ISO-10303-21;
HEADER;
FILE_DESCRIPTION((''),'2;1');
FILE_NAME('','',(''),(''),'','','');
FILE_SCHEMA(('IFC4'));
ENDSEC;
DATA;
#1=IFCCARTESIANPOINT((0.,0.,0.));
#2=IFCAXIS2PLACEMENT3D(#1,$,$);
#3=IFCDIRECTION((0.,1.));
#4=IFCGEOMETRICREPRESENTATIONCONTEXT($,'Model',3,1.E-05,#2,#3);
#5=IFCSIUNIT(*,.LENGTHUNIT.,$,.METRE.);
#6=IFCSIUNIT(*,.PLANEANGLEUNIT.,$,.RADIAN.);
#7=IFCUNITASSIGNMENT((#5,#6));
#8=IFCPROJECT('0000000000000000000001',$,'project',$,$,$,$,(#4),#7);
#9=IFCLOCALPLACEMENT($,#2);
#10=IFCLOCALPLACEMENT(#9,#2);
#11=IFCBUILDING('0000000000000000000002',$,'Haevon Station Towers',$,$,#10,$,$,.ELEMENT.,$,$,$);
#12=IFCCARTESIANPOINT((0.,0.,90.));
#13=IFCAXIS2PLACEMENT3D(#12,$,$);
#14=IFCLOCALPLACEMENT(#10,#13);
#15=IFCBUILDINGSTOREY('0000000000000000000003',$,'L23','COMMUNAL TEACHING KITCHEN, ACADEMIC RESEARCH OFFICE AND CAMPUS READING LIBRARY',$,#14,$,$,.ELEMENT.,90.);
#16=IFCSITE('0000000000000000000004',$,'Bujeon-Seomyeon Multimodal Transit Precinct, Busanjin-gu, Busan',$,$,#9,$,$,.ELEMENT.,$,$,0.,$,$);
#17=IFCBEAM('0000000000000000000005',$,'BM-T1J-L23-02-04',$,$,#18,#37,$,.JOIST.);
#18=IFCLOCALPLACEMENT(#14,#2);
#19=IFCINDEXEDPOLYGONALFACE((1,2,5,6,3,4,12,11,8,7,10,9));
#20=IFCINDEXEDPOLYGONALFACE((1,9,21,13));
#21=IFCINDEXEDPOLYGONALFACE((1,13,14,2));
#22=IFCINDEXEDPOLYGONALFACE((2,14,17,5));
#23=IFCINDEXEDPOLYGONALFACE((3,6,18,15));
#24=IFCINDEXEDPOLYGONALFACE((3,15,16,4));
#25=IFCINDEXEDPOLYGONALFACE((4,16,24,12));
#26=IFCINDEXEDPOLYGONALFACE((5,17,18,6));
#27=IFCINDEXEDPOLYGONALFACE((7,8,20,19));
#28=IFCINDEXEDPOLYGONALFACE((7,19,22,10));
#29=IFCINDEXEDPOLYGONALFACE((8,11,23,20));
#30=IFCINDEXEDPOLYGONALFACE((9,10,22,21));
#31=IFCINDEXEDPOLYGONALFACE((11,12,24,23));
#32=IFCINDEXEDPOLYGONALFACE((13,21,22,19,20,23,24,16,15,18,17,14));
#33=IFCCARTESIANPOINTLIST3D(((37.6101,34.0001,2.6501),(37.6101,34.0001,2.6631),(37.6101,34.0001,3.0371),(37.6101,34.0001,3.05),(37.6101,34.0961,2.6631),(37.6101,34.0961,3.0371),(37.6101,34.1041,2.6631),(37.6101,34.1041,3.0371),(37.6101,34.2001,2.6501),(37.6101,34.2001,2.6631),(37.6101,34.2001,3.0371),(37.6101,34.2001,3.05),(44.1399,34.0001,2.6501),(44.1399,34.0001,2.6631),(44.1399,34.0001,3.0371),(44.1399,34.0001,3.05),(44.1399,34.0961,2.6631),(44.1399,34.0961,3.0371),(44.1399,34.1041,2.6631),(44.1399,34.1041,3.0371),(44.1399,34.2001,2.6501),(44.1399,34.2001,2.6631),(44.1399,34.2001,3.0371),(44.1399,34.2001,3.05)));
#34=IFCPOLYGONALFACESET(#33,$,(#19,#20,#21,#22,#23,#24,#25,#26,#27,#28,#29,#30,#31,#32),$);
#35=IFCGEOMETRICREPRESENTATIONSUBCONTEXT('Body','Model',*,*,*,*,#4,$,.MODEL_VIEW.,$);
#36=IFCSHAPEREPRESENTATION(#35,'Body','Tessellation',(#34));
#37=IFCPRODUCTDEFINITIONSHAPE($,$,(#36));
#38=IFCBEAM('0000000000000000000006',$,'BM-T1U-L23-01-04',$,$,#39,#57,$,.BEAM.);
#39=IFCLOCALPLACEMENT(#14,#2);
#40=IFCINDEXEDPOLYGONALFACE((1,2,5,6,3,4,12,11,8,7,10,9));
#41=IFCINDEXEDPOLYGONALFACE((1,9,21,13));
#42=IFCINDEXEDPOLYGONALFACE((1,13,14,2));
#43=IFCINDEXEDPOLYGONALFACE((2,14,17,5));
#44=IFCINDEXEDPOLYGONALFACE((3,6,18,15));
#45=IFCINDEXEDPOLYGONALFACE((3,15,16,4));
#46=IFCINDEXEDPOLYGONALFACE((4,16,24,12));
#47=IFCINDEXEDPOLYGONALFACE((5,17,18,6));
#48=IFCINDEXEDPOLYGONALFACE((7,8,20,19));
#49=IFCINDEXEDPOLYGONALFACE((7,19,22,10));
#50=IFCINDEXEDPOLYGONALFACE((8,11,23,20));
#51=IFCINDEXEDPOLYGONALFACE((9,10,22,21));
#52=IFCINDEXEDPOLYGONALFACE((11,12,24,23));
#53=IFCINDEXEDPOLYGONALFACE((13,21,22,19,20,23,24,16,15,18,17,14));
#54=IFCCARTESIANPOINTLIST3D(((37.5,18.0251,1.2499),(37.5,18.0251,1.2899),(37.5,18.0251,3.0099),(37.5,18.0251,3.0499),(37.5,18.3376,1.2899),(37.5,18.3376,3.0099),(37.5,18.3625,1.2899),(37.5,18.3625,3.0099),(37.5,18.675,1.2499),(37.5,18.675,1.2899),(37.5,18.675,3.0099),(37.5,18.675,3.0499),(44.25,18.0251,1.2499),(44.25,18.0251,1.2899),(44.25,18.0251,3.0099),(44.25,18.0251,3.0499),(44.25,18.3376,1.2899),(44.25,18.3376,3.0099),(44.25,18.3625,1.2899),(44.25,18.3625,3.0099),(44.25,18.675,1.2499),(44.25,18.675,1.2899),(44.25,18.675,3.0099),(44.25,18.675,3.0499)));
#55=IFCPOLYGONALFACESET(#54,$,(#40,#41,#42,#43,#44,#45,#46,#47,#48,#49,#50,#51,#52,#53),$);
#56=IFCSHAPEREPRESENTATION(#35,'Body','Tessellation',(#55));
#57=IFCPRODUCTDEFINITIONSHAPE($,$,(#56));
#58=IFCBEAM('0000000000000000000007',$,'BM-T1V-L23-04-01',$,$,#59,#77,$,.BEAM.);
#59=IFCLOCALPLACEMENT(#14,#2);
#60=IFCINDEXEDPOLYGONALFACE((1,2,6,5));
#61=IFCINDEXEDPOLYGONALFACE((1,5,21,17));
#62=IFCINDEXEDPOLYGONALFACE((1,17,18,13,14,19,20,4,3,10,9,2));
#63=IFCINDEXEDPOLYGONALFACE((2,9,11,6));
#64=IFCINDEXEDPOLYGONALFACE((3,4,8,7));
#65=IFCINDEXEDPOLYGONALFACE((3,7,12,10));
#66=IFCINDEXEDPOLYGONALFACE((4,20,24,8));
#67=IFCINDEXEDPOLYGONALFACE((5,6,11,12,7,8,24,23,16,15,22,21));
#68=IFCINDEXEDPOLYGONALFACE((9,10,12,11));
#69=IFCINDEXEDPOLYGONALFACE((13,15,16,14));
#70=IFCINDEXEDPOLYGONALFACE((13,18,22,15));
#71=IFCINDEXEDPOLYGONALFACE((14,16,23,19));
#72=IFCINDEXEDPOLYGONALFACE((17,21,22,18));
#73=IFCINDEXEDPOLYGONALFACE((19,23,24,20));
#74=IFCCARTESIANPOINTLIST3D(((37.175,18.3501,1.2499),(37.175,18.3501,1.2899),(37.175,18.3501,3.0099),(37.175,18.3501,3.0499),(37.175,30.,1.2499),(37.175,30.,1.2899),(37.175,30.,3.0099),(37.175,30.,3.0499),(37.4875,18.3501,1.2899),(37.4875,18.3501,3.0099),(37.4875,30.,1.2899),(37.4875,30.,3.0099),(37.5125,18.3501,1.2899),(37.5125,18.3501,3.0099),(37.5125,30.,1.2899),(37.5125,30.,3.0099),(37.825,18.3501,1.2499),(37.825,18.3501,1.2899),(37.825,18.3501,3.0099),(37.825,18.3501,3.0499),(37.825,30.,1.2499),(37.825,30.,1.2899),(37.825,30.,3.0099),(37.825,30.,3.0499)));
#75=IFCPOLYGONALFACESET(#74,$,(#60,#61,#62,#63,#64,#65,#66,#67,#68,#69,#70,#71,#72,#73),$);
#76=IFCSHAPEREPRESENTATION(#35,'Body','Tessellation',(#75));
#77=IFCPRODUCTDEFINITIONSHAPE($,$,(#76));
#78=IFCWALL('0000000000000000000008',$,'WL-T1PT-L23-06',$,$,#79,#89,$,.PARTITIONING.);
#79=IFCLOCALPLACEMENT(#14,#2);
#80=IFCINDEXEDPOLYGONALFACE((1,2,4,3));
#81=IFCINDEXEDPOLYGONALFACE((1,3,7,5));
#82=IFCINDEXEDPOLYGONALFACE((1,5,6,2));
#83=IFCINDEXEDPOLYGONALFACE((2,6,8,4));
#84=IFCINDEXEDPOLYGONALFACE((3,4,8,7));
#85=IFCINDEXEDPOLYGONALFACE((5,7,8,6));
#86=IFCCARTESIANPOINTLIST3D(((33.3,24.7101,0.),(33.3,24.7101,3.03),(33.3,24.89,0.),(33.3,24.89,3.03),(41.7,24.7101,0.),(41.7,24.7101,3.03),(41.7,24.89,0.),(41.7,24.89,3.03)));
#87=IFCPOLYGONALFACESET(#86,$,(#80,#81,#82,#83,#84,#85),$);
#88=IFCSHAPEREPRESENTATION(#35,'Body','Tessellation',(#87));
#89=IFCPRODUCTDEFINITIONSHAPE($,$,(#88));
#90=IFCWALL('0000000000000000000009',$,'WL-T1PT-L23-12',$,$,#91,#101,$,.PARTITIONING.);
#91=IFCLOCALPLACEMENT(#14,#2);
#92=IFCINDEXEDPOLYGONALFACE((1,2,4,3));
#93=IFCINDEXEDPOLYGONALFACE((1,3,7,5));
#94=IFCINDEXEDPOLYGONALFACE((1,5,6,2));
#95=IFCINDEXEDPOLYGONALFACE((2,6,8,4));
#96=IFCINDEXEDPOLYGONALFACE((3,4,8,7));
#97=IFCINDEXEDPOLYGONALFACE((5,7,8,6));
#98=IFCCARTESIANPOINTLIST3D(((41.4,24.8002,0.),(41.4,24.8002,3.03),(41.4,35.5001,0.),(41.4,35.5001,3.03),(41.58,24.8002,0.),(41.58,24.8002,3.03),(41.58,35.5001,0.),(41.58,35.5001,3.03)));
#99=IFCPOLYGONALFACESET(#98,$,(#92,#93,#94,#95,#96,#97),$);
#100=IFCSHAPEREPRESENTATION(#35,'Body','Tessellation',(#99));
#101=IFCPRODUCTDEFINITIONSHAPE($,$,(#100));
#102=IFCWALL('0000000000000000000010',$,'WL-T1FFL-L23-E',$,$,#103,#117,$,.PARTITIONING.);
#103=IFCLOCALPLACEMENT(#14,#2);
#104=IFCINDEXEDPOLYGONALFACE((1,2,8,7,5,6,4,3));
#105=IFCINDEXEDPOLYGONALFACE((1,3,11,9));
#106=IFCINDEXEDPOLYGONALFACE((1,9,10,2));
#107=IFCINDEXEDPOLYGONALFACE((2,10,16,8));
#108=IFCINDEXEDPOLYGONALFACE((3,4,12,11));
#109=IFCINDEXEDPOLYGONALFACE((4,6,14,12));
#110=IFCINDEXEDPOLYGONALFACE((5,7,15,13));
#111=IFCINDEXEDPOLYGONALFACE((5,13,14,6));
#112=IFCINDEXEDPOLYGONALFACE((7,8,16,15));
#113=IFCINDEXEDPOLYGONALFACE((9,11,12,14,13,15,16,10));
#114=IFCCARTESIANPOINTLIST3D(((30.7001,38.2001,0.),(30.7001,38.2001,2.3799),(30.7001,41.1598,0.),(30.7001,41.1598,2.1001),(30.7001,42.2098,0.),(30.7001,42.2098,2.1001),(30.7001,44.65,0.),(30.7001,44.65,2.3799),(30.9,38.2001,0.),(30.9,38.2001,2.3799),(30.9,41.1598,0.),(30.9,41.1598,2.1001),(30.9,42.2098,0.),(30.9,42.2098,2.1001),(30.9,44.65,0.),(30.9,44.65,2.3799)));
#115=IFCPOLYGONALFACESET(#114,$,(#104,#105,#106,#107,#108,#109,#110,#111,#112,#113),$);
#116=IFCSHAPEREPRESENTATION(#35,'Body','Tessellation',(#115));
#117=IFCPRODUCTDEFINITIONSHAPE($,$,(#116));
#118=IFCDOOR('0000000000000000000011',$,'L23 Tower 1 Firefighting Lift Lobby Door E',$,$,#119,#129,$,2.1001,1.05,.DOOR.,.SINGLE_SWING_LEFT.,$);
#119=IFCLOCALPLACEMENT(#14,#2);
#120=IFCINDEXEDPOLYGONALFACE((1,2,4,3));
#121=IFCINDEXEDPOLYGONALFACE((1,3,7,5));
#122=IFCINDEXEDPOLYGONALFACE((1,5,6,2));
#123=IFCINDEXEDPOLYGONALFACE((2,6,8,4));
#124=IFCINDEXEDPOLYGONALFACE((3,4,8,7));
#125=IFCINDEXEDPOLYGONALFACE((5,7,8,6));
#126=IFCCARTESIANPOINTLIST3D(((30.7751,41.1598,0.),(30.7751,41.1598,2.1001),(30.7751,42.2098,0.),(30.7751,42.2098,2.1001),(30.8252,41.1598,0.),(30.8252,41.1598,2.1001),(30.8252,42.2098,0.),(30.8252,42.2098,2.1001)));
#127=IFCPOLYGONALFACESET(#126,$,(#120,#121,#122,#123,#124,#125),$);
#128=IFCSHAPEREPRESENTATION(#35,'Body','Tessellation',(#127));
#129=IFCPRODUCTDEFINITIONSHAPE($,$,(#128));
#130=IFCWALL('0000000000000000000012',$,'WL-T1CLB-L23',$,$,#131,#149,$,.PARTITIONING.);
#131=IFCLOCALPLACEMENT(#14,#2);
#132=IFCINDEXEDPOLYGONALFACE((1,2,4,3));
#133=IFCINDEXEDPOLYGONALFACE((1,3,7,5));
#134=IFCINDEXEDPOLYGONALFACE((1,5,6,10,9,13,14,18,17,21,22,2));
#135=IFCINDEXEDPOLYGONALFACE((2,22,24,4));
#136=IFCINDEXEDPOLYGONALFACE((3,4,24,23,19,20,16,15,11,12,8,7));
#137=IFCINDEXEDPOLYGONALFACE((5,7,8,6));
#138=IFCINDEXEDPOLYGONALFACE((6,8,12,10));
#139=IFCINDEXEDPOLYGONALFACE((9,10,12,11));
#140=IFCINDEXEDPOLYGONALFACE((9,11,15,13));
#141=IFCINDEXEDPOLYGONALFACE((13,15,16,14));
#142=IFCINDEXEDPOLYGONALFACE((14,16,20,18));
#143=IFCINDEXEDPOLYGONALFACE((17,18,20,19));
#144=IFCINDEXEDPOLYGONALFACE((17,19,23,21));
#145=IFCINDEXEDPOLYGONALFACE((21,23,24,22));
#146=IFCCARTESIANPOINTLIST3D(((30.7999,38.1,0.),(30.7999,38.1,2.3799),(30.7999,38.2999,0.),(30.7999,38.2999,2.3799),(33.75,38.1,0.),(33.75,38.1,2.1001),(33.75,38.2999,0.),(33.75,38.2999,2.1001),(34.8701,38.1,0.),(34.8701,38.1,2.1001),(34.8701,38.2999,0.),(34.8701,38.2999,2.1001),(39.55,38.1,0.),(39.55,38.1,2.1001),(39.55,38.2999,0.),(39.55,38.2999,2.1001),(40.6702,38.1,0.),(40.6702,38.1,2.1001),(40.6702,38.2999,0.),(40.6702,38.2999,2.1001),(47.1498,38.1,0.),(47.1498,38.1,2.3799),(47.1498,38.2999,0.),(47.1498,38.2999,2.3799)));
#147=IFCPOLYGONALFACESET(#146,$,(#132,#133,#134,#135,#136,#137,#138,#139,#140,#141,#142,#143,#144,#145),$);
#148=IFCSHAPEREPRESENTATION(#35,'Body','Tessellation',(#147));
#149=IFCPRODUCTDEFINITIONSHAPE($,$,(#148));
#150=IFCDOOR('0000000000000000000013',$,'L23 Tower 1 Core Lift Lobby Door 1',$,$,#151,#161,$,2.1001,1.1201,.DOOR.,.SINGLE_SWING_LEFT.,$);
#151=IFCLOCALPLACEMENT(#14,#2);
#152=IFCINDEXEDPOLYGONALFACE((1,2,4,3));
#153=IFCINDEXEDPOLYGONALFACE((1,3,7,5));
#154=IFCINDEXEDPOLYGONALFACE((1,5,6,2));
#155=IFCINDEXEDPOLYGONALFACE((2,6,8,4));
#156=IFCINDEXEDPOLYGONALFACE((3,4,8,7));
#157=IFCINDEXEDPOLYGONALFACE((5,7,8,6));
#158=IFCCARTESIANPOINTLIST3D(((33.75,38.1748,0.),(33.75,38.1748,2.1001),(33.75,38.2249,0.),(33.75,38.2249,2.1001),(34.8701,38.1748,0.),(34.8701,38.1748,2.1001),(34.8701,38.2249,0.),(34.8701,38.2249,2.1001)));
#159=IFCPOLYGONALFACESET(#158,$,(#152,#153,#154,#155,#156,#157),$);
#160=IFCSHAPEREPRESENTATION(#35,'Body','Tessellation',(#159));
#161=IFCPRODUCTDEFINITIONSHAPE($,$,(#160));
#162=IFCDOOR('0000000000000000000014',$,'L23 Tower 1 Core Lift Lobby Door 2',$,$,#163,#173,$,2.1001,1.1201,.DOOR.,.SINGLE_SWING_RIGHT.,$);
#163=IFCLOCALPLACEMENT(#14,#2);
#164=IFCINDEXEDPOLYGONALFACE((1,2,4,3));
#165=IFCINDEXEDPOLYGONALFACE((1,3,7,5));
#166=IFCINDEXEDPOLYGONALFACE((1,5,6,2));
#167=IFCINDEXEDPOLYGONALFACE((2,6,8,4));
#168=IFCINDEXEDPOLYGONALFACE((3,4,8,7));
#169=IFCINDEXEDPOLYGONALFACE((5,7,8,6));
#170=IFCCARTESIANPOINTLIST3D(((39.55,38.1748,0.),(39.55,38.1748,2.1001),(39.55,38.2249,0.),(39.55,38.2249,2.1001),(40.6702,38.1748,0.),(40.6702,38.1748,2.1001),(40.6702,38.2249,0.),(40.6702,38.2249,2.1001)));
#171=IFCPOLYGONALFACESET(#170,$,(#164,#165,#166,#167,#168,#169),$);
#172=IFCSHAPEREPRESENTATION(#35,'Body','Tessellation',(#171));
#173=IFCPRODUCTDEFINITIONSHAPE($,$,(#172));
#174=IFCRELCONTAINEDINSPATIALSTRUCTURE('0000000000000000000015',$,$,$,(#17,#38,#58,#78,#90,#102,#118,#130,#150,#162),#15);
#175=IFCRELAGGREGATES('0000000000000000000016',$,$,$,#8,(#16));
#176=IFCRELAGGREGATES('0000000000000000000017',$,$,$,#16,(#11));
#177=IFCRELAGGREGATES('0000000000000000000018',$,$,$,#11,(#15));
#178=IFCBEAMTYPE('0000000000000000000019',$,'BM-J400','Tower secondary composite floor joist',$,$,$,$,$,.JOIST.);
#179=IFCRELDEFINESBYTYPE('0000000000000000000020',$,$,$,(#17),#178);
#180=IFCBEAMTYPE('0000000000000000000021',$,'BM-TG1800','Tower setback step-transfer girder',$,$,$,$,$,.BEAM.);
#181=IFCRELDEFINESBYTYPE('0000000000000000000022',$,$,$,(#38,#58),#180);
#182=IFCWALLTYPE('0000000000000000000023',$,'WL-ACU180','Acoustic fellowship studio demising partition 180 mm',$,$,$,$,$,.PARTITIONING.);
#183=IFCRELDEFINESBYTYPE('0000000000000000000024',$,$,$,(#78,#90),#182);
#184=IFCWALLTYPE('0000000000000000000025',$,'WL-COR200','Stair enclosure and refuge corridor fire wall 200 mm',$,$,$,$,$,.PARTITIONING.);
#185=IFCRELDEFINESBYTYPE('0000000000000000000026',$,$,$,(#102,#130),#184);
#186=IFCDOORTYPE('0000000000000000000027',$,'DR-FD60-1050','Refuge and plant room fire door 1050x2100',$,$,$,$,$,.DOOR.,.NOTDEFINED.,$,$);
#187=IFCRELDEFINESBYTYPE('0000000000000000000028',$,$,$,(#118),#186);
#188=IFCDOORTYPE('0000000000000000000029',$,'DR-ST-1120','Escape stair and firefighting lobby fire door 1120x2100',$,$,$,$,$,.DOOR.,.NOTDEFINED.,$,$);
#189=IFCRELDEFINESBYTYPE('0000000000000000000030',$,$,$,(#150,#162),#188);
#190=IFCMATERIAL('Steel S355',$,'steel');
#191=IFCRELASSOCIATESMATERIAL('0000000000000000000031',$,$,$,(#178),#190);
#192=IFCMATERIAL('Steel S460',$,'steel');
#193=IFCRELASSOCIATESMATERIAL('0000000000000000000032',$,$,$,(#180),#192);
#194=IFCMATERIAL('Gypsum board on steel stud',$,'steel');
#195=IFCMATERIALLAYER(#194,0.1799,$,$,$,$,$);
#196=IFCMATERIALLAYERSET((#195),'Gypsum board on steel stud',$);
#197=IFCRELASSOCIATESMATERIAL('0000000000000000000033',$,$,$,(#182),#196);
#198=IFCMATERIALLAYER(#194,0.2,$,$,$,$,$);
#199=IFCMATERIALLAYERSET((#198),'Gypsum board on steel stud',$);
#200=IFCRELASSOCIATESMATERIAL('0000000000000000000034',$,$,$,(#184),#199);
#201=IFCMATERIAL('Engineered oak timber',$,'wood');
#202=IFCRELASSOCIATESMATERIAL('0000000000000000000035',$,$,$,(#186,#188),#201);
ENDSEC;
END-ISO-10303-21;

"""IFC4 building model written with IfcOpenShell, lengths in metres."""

from ifc_helpers import new_model, si_unit, direction, frame, frame_2d, origin, origin_2d, place, context, subcontext, project, spatial, rectangle, i_section, extrude, material, layer, layer_set, material_profile, profile_set, type_object, element, fill, save


model = new_model("IFC4")

# Units and contexts
model_context = context("Model", 3, precision=1e-05, world=origin(), true_north=direction((0.0, 1.0)))
body_context = subcontext(model_context, "Body", "Model", "MODEL_VIEW")
ifc_project = project(units=[si_unit("LENGTHUNIT", "METRE"), si_unit("PLANEANGLEUNIT", "RADIAN")], contexts=[model_context])

# Site, building, storey
site_placement = place(None, origin())
site = spatial("IfcSite", under=ifc_project, at=site_placement, Name="Bujeon-Seomyeon Multimodal Transit Precinct, Busanjin-gu, Busan", CompositionType="ELEMENT", RefElevation=0.0)
building_placement = place(site_placement, origin())
building = spatial("IfcBuilding", under=site, at=building_placement, Name="Haevon Station Towers", CompositionType="ELEMENT")
storey_placement = place(building_placement, frame((0.0, 0.0, 90.0)))
storey = spatial("IfcBuildingStorey", under=building, at=storey_placement, Name="L23", Description="COMMUNAL TEACHING KITCHEN, ACADEMIC RESEARCH OFFICE AND CAMPUS READING LIBRARY", CompositionType="ELEMENT", Elevation=90.0)

# Shared definitions
ifc_material_1 = material(Name="Steel S460", Category="steel")

# Beams
ifc_material_2 = material(Name="Steel S355", Category="steel")
ifc_material_profile_1 = material_profile(ifc_material_2, i_section(OverallWidth=0.2, OverallDepth=0.3999, WebThickness=0.0081, FlangeThickness=0.0129, at=origin_2d()), Name="H-400x200x8x13")
ifc_profile_set_1 = profile_set([ifc_material_profile_1], Name="Steel S355")
beam_type_1 = type_object("IfcBeamType", Name="BM-J400", Description="Tower secondary composite floor joist", PredefinedType="JOIST", material=ifc_profile_set_1)
for number, where, z_axis, x_axis, name in (
    (1, (37.6101, 34.1001, 2.8501), (1.0, 0.0, 0.0), (0.0, 1.0, 0.0), "BM-T1J-L23-02-04"),
):
    element("IfcBeam", number, at=place(storey_placement, frame(where, z_axis=z_axis, x_axis=x_axis)), inside=storey, type_object=beam_type_1, Name=name, PredefinedType="JOIST", context=body_context, shape_type="SweptSolid", body=[
        extrude(i_section(OverallWidth=0.2, OverallDepth=0.3999, WebThickness=0.0081, FlangeThickness=0.0129, at=origin_2d()), origin(), (0.0, 0.0, 1.0), 6.5298),
    ])
ifc_material_profile_2 = material_profile(ifc_material_1, i_section(OverallWidth=0.6499, OverallDepth=1.8, WebThickness=0.0249, FlangeThickness=0.04, at=origin_2d()), Name="H-1800x650x25x40")
ifc_profile_set_2 = profile_set([ifc_material_profile_2], Name="Steel S460")
beam_type_2 = type_object("IfcBeamType", Name="BM-TG1800", Description="Tower setback step-transfer girder", PredefinedType="BEAM", material=ifc_profile_set_2)
beam_1_placement = place(storey_placement, frame((37.5, 18.3501, 2.1499), z_axis=(1.0, 0.0, 0.0), x_axis=(0.0, 1.0, 0.0)))
element("IfcBeam", 2, at=beam_1_placement, inside=storey, type_object=beam_type_2, Name="BM-T1U-L23-01-04", PredefinedType="BEAM", context=body_context, shape_type="SweptSolid", body=[
    extrude(i_section(OverallWidth=0.6499, OverallDepth=1.8, WebThickness=0.0249, FlangeThickness=0.04, at=origin_2d()), origin(), (0.0, 0.0, 1.0), 6.75),
])
beam_2_placement = place(storey_placement, frame((37.5, 18.3501, 2.1499), z_axis=(0.0, 1.0, 0.0), x_axis=(-1.0, 0.0, 0.0)))
element("IfcBeam", 3, at=beam_2_placement, inside=storey, type_object=beam_type_2, Name="BM-T1V-L23-04-01", PredefinedType="BEAM", context=body_context, shape_type="SweptSolid", body=[
    extrude(i_section(OverallWidth=0.6499, OverallDepth=1.8, WebThickness=0.0249, FlangeThickness=0.04, at=origin_2d()), origin(), (0.0, 0.0, 1.0), 11.6499),
])

# Walls
ifc_material_3 = material(Name="Gypsum board on steel stud", Category="steel")
ifc_layer_1 = layer(ifc_material_3, 0.1799)
ifc_layer_set_1 = layer_set([ifc_layer_1], Name="Gypsum board on steel stud")
wall_type_1 = type_object("IfcWallType", Name="WL-ACU180", Description="Acoustic fellowship studio demising partition 180 mm", PredefinedType="PARTITIONING", material=ifc_layer_set_1)
wall_1_placement = place(storey_placement, frame((33.3, 24.8, 0.0), z_axis=(0.0, 0.0, 1.0), x_axis=(1.0, 0.0, 0.0)))
element("IfcWall", 4, at=wall_1_placement, inside=storey, type_object=wall_type_1, Name="WL-T1PT-L23-06", PredefinedType="PARTITIONING", context=body_context, shape_type="SweptSolid", body=[
    extrude(rectangle(XDim=8.3999, YDim=0.1799, at=frame_2d((4.2, 0.0))), origin(), (0.0, 0.0, 1.0), 3.03),
])
wall_2_placement = place(storey_placement, frame((41.49, 24.8, 0.0), z_axis=(0.0, 0.0, 1.0), x_axis=(0.0, 1.0, 0.0)))
element("IfcWall", 5, at=wall_2_placement, inside=storey, type_object=wall_type_1, Name="WL-T1PT-L23-12", PredefinedType="PARTITIONING", context=body_context, shape_type="SweptSolid", body=[
    extrude(rectangle(XDim=10.7, YDim=0.1799, at=frame_2d((5.3501, 0.0))), origin(), (0.0, 0.0, 1.0), 3.03),
])

# Wall, opening, door
ifc_layer_2 = layer(ifc_material_3, 0.2)
ifc_layer_set_2 = layer_set([ifc_layer_2], Name="Gypsum board on steel stud")
wall_type_2 = type_object("IfcWallType", Name="WL-COR200", Description="Stair enclosure and refuge corridor fire wall 200 mm", PredefinedType="PARTITIONING", material=ifc_layer_set_2)
wall_3_placement = place(storey_placement, frame((30.8, 38.2, 0.0), z_axis=(0.0, 0.0, 1.0), x_axis=(0.0, 1.0, 0.0)))
wall_3 = element("IfcWall", 6, at=wall_3_placement, inside=storey, type_object=wall_type_2, Name="WL-T1FFL-L23-E", PredefinedType="PARTITIONING", context=body_context, shape_type="SweptSolid", body=[
    extrude(rectangle(XDim=6.45, YDim=0.2, at=frame_2d((3.2251, 0.0))), origin(), (0.0, 0.0, 1.0), 2.3799),
])
opening_1_placement = place(wall_3_placement, frame((2.96, 0.0, 0.0)))
opening_1 = element("IfcOpeningElement", 7, at=opening_1_placement, cuts=wall_3, PredefinedType="OPENING", context=body_context, shape_type="SweptSolid", body=[
    extrude(rectangle(XDim=1.05, YDim=2.1001, at=frame_2d((0.5249, 1.05))), frame((0.0, 0.1099, 0.0), z_axis=(0.0, -1.0, 0.0), x_axis=(1.0, 0.0, 0.0)), (0.0, 0.0, 1.0), 0.22),
])
ifc_material_4 = material(Name="Engineered oak timber", Category="wood")
door_type_1 = type_object("IfcDoorType", Name="DR-FD60-1050", Description="Refuge and plant room fire door 1050x2100", OperationType="NOTDEFINED", PredefinedType="DOOR", material=ifc_material_4)
door_1_placement = place(opening_1_placement, origin())
door_1 = element("IfcDoor", 8, at=door_1_placement, inside=storey, type_object=door_type_1, Name="L23 Tower 1 Firefighting Lift Lobby Door E", OperationType="SINGLE_SWING_LEFT", OverallHeight=2.1001, OverallWidth=1.05, PredefinedType="DOOR", context=body_context, shape_type="SweptSolid", body=[
    extrude(rectangle(XDim=1.05, YDim=2.1001, at=frame_2d((0.5249, 1.05))), frame((0.0, 0.0249, 0.0), z_axis=(0.0, -1.0, 0.0), x_axis=(1.0, 0.0, 0.0)), (0.0, 0.0, 1.0), 0.05),
])
fill(opening_1, door_1)

# Wall, openings, doors
wall_4_placement = place(storey_placement, frame((30.8, 38.2, 0.0), z_axis=(0.0, 0.0, 1.0), x_axis=(1.0, 0.0, 0.0)))
wall_4 = element("IfcWall", 9, at=wall_4_placement, inside=storey, type_object=wall_type_2, Name="WL-T1CLB-L23", PredefinedType="PARTITIONING", context=body_context, shape_type="SweptSolid", body=[
    extrude(rectangle(XDim=16.3499, YDim=0.2, at=frame_2d((8.1748, 0.0))), origin(), (0.0, 0.0, 1.0), 2.3799),
])
opening_2_placement = place(wall_4_placement, frame((2.95, 0.0, 0.0)))
opening_2 = element("IfcOpeningElement", 10, at=opening_2_placement, cuts=wall_4, PredefinedType="OPENING", context=body_context, shape_type="SweptSolid", body=[
    extrude(rectangle(XDim=1.1201, YDim=2.1001, at=frame_2d((0.5601, 1.05))), frame((0.0, 0.1099, 0.0), z_axis=(0.0, -1.0, 0.0), x_axis=(1.0, 0.0, 0.0)), (0.0, 0.0, 1.0), 0.22),
])
opening_3_placement = place(wall_4_placement, frame((8.75, 0.0, 0.0)))
opening_3 = element("IfcOpeningElement", 11, at=opening_3_placement, cuts=wall_4, PredefinedType="OPENING", context=body_context, shape_type="SweptSolid", body=[
    extrude(rectangle(XDim=1.1201, YDim=2.1001, at=frame_2d((0.5601, 1.05))), frame((0.0, 0.1099, 0.0), z_axis=(0.0, -1.0, 0.0), x_axis=(1.0, 0.0, 0.0)), (0.0, 0.0, 1.0), 0.22),
])
door_type_2 = type_object("IfcDoorType", Name="DR-ST-1120", Description="Escape stair and firefighting lobby fire door 1120x2100", OperationType="NOTDEFINED", PredefinedType="DOOR", material=ifc_material_4)
door_2_placement = place(opening_2_placement, origin())
door_2 = element("IfcDoor", 12, at=door_2_placement, inside=storey, type_object=door_type_2, Name="L23 Tower 1 Core Lift Lobby Door 1", OperationType="SINGLE_SWING_LEFT", OverallHeight=2.1001, OverallWidth=1.1201, PredefinedType="DOOR", context=body_context, shape_type="SweptSolid", body=[
    extrude(rectangle(XDim=1.1201, YDim=2.1001, at=frame_2d((0.5601, 1.05))), frame((0.0, 0.0249, 0.0), z_axis=(0.0, -1.0, 0.0), x_axis=(1.0, 0.0, 0.0)), (0.0, 0.0, 1.0), 0.05),
])
fill(opening_2, door_2)
door_3_placement = place(opening_3_placement, origin())
door_3 = element("IfcDoor", 13, at=door_3_placement, inside=storey, type_object=door_type_2, Name="L23 Tower 1 Core Lift Lobby Door 2", OperationType="SINGLE_SWING_RIGHT", OverallHeight=2.1001, OverallWidth=1.1201, PredefinedType="DOOR", context=body_context, shape_type="SweptSolid", body=[
    extrude(rectangle(XDim=1.1201, YDim=2.1001, at=frame_2d((0.5601, 1.05))), frame((0.0, 0.0249, 0.0), z_axis=(0.0, -1.0, 0.0), x_axis=(1.0, 0.0, 0.0)), (0.0, 0.0, 1.0), 0.05),
])
fill(opening_3, door_3)

save(model, "model.ifc")
